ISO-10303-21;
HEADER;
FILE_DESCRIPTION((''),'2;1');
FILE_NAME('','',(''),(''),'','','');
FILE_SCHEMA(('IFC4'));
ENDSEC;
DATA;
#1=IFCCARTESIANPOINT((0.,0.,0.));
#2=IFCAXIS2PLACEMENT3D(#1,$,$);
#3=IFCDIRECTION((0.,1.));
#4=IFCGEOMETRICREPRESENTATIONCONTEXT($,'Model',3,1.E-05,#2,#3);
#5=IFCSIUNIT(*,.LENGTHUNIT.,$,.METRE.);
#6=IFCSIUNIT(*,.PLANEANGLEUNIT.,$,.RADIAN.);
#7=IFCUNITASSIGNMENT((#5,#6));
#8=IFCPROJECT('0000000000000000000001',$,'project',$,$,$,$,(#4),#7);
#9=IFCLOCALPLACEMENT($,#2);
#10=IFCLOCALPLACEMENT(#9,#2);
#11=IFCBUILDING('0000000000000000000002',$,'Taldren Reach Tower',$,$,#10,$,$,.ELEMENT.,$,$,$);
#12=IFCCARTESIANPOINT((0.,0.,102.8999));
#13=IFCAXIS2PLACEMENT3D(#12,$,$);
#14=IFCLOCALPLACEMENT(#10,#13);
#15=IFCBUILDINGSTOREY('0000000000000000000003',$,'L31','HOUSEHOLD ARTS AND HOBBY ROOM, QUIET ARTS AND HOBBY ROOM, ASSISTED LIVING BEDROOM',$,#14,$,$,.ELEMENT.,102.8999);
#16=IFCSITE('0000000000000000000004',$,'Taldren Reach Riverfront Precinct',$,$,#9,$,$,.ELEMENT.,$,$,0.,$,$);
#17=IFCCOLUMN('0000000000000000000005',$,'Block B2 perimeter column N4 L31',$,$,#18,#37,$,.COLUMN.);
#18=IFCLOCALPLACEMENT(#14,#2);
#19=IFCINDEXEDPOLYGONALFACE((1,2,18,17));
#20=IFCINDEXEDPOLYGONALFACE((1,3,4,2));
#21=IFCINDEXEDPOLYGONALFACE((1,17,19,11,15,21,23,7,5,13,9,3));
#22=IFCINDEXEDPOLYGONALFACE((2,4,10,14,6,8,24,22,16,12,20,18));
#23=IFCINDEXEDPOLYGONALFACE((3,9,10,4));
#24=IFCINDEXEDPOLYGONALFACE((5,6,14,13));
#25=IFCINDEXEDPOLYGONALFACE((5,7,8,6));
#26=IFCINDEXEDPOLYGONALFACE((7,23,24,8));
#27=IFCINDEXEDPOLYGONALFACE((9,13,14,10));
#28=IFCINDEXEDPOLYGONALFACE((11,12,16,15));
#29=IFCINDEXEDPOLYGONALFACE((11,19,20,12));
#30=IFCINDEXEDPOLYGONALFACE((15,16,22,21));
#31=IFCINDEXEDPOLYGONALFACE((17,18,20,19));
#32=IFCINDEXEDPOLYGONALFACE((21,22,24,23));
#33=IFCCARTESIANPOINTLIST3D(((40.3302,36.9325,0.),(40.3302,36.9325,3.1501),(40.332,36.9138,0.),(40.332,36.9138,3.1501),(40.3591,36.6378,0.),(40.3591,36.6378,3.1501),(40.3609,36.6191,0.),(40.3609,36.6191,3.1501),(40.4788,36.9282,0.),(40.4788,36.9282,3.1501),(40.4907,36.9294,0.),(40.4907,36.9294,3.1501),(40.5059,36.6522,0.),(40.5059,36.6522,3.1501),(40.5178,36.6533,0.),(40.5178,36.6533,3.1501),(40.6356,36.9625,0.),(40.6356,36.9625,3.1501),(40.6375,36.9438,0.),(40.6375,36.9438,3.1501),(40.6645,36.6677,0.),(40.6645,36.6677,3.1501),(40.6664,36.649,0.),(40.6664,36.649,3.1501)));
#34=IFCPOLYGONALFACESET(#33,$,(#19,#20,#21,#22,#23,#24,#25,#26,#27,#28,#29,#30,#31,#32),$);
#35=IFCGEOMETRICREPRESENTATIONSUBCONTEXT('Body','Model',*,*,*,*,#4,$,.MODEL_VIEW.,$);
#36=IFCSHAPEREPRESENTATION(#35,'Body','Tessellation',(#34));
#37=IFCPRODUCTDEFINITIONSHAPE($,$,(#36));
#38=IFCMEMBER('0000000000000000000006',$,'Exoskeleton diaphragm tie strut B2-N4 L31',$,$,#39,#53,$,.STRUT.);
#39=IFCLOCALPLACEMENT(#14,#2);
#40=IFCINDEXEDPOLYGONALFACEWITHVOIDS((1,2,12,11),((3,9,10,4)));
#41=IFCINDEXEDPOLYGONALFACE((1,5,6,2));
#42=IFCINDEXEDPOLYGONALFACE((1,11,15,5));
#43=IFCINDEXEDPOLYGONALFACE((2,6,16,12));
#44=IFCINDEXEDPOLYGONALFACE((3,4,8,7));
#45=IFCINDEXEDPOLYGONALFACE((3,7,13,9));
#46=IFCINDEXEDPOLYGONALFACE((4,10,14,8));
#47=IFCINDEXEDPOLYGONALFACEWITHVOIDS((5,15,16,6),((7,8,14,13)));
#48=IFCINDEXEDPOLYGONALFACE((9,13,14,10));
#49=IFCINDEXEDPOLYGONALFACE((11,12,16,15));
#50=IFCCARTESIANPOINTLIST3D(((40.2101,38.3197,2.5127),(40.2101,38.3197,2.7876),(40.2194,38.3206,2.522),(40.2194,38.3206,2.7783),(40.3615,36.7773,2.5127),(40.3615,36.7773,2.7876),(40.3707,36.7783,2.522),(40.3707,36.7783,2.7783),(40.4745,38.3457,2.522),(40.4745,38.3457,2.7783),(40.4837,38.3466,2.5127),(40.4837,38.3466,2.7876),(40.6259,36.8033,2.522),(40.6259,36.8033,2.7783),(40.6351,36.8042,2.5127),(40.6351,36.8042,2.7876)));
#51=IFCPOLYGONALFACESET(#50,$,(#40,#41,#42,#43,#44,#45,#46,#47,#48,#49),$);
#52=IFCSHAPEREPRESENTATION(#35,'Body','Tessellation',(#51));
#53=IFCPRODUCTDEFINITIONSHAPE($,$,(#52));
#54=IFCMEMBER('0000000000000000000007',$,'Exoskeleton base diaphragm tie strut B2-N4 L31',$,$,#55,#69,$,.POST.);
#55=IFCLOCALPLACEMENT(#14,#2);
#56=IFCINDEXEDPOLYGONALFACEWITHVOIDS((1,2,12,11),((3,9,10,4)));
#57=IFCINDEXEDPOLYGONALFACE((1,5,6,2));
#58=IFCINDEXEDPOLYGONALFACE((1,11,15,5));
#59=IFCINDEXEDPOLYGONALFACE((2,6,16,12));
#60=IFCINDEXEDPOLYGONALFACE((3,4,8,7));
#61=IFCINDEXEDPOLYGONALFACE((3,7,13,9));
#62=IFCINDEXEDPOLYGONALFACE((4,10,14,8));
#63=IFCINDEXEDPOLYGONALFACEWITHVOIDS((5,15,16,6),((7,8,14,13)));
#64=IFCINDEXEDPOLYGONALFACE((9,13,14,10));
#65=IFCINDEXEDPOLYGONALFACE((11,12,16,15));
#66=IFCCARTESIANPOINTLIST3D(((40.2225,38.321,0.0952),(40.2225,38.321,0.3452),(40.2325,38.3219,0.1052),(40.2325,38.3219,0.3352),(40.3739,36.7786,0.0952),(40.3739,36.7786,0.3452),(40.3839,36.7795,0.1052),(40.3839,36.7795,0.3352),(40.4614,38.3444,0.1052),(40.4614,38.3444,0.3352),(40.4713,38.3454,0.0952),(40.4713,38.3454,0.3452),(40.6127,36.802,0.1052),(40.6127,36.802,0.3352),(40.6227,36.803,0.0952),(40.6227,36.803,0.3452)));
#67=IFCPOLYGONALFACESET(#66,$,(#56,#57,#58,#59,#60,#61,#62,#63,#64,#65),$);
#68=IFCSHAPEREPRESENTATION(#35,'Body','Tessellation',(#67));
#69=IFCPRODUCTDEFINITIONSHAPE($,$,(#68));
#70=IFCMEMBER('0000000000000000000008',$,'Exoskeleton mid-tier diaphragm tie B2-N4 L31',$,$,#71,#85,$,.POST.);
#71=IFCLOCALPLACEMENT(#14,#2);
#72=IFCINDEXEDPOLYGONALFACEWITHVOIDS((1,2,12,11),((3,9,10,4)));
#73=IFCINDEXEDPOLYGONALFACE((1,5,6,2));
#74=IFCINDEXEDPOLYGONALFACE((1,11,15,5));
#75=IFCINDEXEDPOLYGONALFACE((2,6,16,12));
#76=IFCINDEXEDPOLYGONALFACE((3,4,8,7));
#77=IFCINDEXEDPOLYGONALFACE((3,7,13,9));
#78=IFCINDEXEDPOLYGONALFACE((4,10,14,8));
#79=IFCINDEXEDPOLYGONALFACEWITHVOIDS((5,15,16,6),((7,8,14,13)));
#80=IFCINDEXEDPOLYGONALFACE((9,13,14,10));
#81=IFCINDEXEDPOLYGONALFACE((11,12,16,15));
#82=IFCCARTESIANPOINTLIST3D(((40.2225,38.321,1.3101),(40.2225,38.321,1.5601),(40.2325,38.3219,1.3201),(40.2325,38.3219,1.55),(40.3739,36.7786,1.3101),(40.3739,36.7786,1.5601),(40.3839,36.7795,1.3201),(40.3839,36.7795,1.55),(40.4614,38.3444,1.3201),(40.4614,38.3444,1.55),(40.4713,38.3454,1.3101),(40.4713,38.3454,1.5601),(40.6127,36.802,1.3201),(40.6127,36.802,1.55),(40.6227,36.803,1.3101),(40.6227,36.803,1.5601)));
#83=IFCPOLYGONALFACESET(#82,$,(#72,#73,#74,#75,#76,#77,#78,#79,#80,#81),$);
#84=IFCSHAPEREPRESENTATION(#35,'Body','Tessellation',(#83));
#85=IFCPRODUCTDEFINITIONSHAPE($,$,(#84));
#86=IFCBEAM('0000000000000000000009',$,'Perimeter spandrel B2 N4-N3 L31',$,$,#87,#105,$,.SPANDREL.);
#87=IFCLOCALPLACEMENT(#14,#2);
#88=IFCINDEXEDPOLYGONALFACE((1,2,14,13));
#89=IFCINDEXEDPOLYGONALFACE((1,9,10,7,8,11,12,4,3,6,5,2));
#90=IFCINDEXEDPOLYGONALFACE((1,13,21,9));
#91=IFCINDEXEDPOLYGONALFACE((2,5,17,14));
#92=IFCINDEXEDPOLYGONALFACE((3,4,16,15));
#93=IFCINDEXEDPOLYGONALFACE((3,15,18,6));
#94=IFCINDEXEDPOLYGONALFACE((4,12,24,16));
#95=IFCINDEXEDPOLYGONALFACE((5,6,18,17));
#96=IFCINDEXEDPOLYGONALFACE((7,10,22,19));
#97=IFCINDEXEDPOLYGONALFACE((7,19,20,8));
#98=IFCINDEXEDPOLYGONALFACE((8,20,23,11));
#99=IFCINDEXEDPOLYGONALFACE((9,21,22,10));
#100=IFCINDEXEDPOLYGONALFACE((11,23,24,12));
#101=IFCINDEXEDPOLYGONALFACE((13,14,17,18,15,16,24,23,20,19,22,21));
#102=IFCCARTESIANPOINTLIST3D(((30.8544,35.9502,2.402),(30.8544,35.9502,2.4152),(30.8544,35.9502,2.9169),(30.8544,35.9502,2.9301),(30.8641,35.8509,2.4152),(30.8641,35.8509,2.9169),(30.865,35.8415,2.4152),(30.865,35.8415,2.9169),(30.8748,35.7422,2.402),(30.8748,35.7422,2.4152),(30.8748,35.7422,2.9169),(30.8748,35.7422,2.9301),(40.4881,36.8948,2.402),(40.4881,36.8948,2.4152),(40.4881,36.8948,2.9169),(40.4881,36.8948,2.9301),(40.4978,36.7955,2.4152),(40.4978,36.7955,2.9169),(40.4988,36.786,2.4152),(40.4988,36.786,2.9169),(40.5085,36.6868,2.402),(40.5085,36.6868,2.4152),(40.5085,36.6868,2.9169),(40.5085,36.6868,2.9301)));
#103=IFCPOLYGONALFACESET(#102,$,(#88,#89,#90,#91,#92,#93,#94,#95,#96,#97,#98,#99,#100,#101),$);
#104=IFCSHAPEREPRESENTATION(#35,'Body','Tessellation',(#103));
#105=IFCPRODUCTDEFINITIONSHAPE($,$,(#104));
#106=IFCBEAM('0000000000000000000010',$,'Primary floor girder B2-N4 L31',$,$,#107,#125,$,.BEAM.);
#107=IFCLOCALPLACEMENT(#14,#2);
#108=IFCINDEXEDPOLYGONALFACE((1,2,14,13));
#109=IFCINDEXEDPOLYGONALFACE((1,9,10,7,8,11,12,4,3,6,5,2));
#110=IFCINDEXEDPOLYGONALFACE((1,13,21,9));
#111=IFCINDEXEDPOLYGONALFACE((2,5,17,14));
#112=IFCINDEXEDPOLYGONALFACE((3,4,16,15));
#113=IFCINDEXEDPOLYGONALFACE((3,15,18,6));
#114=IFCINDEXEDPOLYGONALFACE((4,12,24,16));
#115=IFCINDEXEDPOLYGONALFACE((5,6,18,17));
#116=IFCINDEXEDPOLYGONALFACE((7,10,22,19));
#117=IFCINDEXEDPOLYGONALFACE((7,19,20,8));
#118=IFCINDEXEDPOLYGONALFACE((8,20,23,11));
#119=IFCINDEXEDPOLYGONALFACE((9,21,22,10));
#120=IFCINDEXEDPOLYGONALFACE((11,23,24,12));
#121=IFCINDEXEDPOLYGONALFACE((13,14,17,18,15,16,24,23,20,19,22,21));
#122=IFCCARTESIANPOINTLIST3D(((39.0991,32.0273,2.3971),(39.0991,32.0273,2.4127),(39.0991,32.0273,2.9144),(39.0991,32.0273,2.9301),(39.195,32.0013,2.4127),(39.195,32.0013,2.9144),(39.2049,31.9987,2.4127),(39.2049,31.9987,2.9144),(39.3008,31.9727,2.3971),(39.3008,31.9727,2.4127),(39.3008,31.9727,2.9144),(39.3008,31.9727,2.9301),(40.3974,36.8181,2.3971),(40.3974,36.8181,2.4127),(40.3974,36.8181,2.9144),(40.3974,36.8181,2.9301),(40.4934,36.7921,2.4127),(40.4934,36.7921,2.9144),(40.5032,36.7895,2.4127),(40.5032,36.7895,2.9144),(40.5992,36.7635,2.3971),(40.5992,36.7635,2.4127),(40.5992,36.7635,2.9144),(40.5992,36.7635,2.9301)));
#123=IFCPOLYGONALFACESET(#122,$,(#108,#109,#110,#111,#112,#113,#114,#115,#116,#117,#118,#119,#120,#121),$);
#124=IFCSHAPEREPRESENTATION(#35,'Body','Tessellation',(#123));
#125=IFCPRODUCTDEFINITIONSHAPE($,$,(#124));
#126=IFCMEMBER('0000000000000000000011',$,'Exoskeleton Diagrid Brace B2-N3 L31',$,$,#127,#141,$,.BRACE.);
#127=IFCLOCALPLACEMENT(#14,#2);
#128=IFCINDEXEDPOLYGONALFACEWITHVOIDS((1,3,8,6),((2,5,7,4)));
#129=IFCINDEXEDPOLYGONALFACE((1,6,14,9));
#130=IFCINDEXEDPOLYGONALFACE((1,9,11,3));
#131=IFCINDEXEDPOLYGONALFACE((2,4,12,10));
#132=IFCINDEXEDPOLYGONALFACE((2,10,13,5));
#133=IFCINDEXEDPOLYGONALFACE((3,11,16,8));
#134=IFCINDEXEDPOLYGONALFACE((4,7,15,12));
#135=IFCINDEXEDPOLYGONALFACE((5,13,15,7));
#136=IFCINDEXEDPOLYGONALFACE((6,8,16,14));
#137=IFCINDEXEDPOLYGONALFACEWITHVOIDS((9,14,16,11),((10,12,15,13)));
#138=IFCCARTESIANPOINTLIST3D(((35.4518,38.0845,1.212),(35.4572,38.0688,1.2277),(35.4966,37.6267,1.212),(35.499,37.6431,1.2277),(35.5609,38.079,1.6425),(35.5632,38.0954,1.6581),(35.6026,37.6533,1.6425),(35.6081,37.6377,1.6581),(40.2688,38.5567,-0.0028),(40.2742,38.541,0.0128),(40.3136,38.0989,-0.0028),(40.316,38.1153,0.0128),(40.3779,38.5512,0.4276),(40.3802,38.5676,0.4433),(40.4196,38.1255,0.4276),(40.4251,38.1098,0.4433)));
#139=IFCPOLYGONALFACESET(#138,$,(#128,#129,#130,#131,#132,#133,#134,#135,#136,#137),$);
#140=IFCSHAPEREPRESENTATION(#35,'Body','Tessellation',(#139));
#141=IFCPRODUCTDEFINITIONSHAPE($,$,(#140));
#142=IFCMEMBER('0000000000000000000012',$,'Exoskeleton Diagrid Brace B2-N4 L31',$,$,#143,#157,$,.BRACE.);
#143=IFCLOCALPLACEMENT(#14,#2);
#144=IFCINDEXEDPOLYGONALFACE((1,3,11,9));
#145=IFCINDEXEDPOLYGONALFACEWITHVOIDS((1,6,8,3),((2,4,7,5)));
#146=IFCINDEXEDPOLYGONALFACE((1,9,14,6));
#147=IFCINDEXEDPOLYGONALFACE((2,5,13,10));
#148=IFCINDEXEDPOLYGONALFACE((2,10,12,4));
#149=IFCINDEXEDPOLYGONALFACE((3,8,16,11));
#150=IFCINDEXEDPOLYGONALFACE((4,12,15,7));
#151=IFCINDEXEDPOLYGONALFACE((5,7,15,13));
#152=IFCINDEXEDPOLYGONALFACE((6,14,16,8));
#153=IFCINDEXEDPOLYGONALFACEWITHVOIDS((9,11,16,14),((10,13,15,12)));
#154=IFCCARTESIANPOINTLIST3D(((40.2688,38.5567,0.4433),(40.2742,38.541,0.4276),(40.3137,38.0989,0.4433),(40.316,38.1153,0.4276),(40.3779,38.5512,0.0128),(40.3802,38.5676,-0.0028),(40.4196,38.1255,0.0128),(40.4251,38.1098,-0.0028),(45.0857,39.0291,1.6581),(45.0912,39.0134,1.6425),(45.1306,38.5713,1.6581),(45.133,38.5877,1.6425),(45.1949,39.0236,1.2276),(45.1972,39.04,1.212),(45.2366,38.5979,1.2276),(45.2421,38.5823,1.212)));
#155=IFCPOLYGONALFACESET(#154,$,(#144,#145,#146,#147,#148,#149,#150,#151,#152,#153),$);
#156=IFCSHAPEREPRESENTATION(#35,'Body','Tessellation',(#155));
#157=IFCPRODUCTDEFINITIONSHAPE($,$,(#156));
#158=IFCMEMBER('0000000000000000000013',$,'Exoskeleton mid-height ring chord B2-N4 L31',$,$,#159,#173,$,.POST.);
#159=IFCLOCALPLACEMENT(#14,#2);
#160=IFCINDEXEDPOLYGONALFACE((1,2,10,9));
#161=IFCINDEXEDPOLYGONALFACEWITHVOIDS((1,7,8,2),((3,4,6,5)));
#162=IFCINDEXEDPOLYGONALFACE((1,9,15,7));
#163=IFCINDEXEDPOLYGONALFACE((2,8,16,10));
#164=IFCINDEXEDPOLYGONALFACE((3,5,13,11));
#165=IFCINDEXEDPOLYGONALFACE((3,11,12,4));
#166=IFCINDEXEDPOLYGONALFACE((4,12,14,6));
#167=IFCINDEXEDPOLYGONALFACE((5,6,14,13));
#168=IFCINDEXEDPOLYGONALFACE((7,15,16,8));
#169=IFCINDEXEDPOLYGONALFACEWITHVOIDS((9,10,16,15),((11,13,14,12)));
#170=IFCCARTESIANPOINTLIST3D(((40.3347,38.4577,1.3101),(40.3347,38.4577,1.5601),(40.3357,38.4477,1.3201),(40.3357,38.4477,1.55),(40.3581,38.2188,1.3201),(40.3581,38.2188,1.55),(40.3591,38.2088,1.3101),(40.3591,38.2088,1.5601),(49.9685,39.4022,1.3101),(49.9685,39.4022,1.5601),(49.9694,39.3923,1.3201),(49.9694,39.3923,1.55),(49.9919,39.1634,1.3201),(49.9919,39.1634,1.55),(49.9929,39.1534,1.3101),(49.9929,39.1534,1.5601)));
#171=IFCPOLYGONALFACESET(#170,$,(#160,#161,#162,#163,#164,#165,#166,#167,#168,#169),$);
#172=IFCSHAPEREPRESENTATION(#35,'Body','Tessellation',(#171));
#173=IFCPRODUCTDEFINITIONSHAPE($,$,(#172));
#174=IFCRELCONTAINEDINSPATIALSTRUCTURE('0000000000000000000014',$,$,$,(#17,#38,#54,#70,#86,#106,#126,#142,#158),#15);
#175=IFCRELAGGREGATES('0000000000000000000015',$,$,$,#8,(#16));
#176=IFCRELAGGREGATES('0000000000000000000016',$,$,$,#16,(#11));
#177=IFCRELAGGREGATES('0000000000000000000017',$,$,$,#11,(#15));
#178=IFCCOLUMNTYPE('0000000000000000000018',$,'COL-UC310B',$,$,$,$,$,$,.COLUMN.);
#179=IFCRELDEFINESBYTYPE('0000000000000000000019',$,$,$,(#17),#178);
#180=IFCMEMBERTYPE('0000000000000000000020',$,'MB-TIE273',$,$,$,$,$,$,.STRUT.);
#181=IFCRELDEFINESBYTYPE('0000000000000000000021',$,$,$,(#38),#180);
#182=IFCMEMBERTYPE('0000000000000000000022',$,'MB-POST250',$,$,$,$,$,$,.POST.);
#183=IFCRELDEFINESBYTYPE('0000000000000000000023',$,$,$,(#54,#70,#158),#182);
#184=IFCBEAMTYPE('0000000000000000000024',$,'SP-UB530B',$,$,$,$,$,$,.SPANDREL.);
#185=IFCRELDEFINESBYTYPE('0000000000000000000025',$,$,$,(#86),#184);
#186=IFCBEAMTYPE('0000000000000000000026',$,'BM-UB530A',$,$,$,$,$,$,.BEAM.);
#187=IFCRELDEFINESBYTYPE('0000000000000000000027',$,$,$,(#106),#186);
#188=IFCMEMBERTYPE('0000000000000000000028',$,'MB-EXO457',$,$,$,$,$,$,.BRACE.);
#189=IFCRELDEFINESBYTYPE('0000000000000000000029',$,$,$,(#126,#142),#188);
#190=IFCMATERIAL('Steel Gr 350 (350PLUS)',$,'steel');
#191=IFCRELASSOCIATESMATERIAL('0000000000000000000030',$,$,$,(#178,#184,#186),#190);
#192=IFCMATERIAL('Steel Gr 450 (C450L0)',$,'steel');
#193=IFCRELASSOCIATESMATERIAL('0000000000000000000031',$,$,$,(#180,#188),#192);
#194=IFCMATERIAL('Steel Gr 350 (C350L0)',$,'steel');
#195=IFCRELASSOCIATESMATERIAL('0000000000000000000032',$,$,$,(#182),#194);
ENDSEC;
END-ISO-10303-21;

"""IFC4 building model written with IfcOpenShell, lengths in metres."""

from ifc_helpers import new_model, si_unit, direction, frame, origin, origin_2d, place, context, subcontext, project, spatial, hollow_rectangle, i_section, extrude, source, transform, mapped, material, material_profile, profile_set, type_object, element, save


model = new_model("IFC4")

# Units and contexts
model_context = context("Model", 3, precision=1e-05, world=origin(), true_north=direction((0.0, 1.0)))
body_context = subcontext(model_context, "Body", "Model", "MODEL_VIEW")
ifc_project = project(units=[si_unit("LENGTHUNIT", "METRE"), si_unit("PLANEANGLEUNIT", "RADIAN")], contexts=[model_context])

# Site, building, storey
site_placement = place(None, origin())
site = spatial("IfcSite", under=ifc_project, at=site_placement, Name="Taldren Reach Riverfront Precinct", CompositionType="ELEMENT", RefElevation=0.0)
building_placement = place(site_placement, origin())
building = spatial("IfcBuilding", under=site, at=building_placement, Name="Taldren Reach Tower", CompositionType="ELEMENT")
storey_placement = place(building_placement, frame((0.0, 0.0, 102.8999)))
storey = spatial("IfcBuildingStorey", under=building, at=storey_placement, Name="L31", Description="HOUSEHOLD ARTS AND HOBBY ROOM, QUIET ARTS AND HOBBY ROOM, ASSISTED LIVING BEDROOM", CompositionType="ELEMENT", Elevation=102.8999)

# Column
ifc_material_1 = material(Name="Steel Gr 350 (350PLUS)", Category="steel")
ifc_material_profile_1 = material_profile(ifc_material_1, i_section(OverallWidth=0.3069, OverallDepth=0.3149, WebThickness=0.012, FlangeThickness=0.0188, at=origin_2d()), Name="310UC118")
ifc_profile_set_1 = profile_set([ifc_material_profile_1], Name="Steel Gr 350 (350PLUS)")
column_type = type_object("IfcColumnType", Name="COL-UC310B", PredefinedType="COLUMN", material=ifc_profile_set_1)
shared_shape_1 = source(origin(), body_context, "Body", "SweptSolid", [
    extrude(i_section(OverallWidth=0.3069, OverallDepth=0.3149, WebThickness=0.012, FlangeThickness=0.0188, at=origin_2d()), origin(), (0.0, 0.0, 1.0), 3.1501),
])
column_placement = place(storey_placement, frame((40.4983, 36.7908, 0.0), z_axis=(0.0, 0.0, 1.0), x_axis=(0.995227, 0.097583, 0.0)))
element("IfcColumn", 1, at=column_placement, inside=storey, type_object=column_type, Name="Block B2 perimeter column N4 L31", PredefinedType="COLUMN", context=body_context, shape_type="MappedRepresentation", body=[
    mapped(shared_shape_1, transform((0.0, 0.0, 0.0), scale=1.0)),
])

# Members
ifc_material_2 = material(Name="Steel Gr 450 (C450L0)", Category="steel")
ifc_material_profile_2 = material_profile(ifc_material_2, hollow_rectangle(XDim=0.2749, YDim=0.2749, WallThickness=0.0093, at=origin_2d()), Name="275x275x9.3SHS")
ifc_profile_set_2 = profile_set([ifc_material_profile_2], Name="Steel Gr 450 (C450L0)")
member_type_1 = type_object("IfcMemberType", Name="MB-TIE273", PredefinedType="STRUT", material=ifc_profile_set_2)
shared_shape_2 = source(origin(), body_context, "Body", "SweptSolid", [
    extrude(hollow_rectangle(XDim=0.2749, YDim=0.2749, WallThickness=0.0093, at=origin_2d()), origin(), (0.0, 0.0, 1.0), 1.5498),
])
member_1_placement = place(storey_placement, frame((40.4983, 36.7908, 2.6501), z_axis=(-0.097663, 0.99522, 0.0), x_axis=(-0.99522, -0.097663, 0.0)))
element("IfcMember", 2, at=member_1_placement, inside=storey, type_object=member_type_1, Name="Exoskeleton diaphragm tie strut B2-N4 L31", PredefinedType="STRUT", context=body_context, shape_type="MappedRepresentation", body=[
    mapped(shared_shape_2, transform((0.0, 0.0, 0.0), scale=1.0)),
])
ifc_material_3 = material(Name="Steel Gr 350 (C350L0)", Category="steel")
ifc_material_profile_3 = material_profile(ifc_material_3, hollow_rectangle(XDim=0.25, YDim=0.25, WallThickness=0.01, at=origin_2d()), Name="250x250x10.0SHS")
ifc_profile_set_3 = profile_set([ifc_material_profile_3], Name="Steel Gr 350 (C350L0)")
member_type_2 = type_object("IfcMemberType", Name="MB-POST250", PredefinedType="POST", material=ifc_profile_set_3)
shared_shape_3 = source(origin(), body_context, "Body", "SweptSolid", [
    extrude(hollow_rectangle(XDim=0.25, YDim=0.25, WallThickness=0.01, at=origin_2d()), origin(), (0.0, 0.0, 1.0), 1.5498),
])
for number, where, z_axis, x_axis, name in (
    (3, (40.4983, 36.7908, 0.2202), (-0.097663, 0.99522, 0.0), (-0.99522, -0.097663, 0.0), "Exoskeleton base diaphragm tie strut B2-N4 L31"),
    (4, (40.4983, 36.7908, 1.4351), (-0.097663, 0.99522, 0.0), (-0.99522, -0.097663, 0.0), "Exoskeleton mid-tier diaphragm tie B2-N4 L31"),
):
    element("IfcMember", number, at=place(storey_placement, frame(where, z_axis=z_axis, x_axis=x_axis)), inside=storey, type_object=member_type_2, Name=name, PredefinedType="POST", context=body_context, shape_type="MappedRepresentation", body=[
        mapped(shared_shape_3, transform((0.0, 0.0, 0.0), scale=1.0)),
    ])

# Beams
ifc_material_profile_4 = material_profile(ifc_material_1, i_section(OverallWidth=0.209, OverallDepth=0.5281, WebThickness=0.0095, FlangeThickness=0.0132, at=origin_2d()), Name="530UB82.0")
ifc_profile_set_4 = profile_set([ifc_material_profile_4], Name="Steel Gr 350 (350PLUS)")
beam_type_1 = type_object("IfcBeamType", Name="SP-UB530B", PredefinedType="SPANDREL", material=ifc_profile_set_4)
shared_shape_4 = source(origin(), body_context, "Body", "SweptSolid", [
    extrude(i_section(OverallWidth=0.209, OverallDepth=0.5281, WebThickness=0.0095, FlangeThickness=0.0132, at=origin_2d()), origin(), (0.0, 0.0, 1.0), 9.6799),
])
beam_1_placement = place(storey_placement, frame((40.4983, 36.7908, 2.666), z_axis=(-0.995228, -0.097581, 0.0), x_axis=(0.097581, -0.995228, 0.0)))
element("IfcBeam", 5, at=beam_1_placement, inside=storey, type_object=beam_type_1, Name="Perimeter spandrel B2 N4-N3 L31", PredefinedType="SPANDREL", context=body_context, shape_type="MappedRepresentation", body=[
    mapped(shared_shape_4, transform((0.0, 0.0, 0.0), scale=1.0)),
])
ifc_material_profile_5 = material_profile(ifc_material_1, i_section(OverallWidth=0.209, OverallDepth=0.533, WebThickness=0.0103, FlangeThickness=0.0156, at=origin_2d()), Name="530UB92.4")
ifc_profile_set_5 = profile_set([ifc_material_profile_5], Name="Steel Gr 350 (350PLUS)")
beam_type_2 = type_object("IfcBeamType", Name="BM-UB530A", PredefinedType="BEAM", material=ifc_profile_set_5)
shared_shape_5 = source(origin(), body_context, "Body", "SweptSolid", [
    extrude(i_section(OverallWidth=0.209, OverallDepth=0.533, WebThickness=0.0103, FlangeThickness=0.0156, at=origin_2d()), origin(), (0.0, 0.0, 1.0), 4.9636),
])
beam_2_placement = place(storey_placement, frame((39.2, 32.0, 2.6636), z_axis=(0.261573, 0.965184, 0.0), x_axis=(-0.965184, 0.261573, 0.0)))
element("IfcBeam", 6, at=beam_2_placement, inside=storey, type_object=beam_type_2, Name="Primary floor girder B2-N4 L31", PredefinedType="BEAM", context=body_context, shape_type="MappedRepresentation", body=[
    mapped(shared_shape_5, transform((0.0, 0.0, 0.0), scale=1.0)),
])

# Members
ifc_material_profile_6 = material_profile(ifc_material_2, hollow_rectangle(XDim=0.46, YDim=0.46, WallThickness=0.0161, at=origin_2d()), Name="460x460x16.0SHS")
ifc_profile_set_6 = profile_set([ifc_material_profile_6], Name="Steel Gr 450 (C450L0)")
member_type_3 = type_object("IfcMemberType", Name="MB-EXO457", PredefinedType="BRACE", material=ifc_profile_set_6)
shared_shape_6 = source(origin(), body_context, "Body", "SweptSolid", [
    extrude(hollow_rectangle(XDim=0.46, YDim=0.46, WallThickness=0.0161, at=origin_2d()), origin(), (0.0, 0.0, 1.0), 4.9902),
])
for number, where, z_axis, x_axis, name in (
    (7, (40.3469, 38.3333, 0.2202), (-0.965287, -0.094621, 0.24345), (0.097556, -0.99523, 0.0), "Exoskeleton Diagrid Brace B2-N3 L31"),
    (8, (40.3469, 38.3333, 0.2202), (0.965283, 0.094669, 0.243449), (-0.097606, 0.995225, 0.0), "Exoskeleton Diagrid Brace B2-N4 L31"),
):
    element("IfcMember", number, at=place(storey_placement, frame(where, z_axis=z_axis, x_axis=x_axis)), inside=storey, type_object=member_type_3, Name=name, PredefinedType="BRACE", context=body_context, shape_type="MappedRepresentation", body=[
        mapped(shared_shape_6, transform((0.0, 0.0, 0.0), scale=1.0)),
    ])
shared_shape_7 = source(origin(), body_context, "Body", "SweptSolid", [
    extrude(hollow_rectangle(XDim=0.25, YDim=0.25, WallThickness=0.01, at=origin_2d()), origin(), (0.0, 0.0, 1.0), 9.6799),
])
member_2_placement = place(storey_placement, frame((40.3469, 38.3333, 1.4351), z_axis=(0.995228, 0.097581, 0.0), x_axis=(-0.097581, 0.995228, 0.0)))
element("IfcMember", 9, at=member_2_placement, inside=storey, type_object=member_type_2, Name="Exoskeleton mid-height ring chord B2-N4 L31", PredefinedType="POST", context=body_context, shape_type="MappedRepresentation", body=[
    mapped(shared_shape_7, transform((0.0, 0.0, 0.0), scale=1.0)),
])

save(model, "model.ifc")
